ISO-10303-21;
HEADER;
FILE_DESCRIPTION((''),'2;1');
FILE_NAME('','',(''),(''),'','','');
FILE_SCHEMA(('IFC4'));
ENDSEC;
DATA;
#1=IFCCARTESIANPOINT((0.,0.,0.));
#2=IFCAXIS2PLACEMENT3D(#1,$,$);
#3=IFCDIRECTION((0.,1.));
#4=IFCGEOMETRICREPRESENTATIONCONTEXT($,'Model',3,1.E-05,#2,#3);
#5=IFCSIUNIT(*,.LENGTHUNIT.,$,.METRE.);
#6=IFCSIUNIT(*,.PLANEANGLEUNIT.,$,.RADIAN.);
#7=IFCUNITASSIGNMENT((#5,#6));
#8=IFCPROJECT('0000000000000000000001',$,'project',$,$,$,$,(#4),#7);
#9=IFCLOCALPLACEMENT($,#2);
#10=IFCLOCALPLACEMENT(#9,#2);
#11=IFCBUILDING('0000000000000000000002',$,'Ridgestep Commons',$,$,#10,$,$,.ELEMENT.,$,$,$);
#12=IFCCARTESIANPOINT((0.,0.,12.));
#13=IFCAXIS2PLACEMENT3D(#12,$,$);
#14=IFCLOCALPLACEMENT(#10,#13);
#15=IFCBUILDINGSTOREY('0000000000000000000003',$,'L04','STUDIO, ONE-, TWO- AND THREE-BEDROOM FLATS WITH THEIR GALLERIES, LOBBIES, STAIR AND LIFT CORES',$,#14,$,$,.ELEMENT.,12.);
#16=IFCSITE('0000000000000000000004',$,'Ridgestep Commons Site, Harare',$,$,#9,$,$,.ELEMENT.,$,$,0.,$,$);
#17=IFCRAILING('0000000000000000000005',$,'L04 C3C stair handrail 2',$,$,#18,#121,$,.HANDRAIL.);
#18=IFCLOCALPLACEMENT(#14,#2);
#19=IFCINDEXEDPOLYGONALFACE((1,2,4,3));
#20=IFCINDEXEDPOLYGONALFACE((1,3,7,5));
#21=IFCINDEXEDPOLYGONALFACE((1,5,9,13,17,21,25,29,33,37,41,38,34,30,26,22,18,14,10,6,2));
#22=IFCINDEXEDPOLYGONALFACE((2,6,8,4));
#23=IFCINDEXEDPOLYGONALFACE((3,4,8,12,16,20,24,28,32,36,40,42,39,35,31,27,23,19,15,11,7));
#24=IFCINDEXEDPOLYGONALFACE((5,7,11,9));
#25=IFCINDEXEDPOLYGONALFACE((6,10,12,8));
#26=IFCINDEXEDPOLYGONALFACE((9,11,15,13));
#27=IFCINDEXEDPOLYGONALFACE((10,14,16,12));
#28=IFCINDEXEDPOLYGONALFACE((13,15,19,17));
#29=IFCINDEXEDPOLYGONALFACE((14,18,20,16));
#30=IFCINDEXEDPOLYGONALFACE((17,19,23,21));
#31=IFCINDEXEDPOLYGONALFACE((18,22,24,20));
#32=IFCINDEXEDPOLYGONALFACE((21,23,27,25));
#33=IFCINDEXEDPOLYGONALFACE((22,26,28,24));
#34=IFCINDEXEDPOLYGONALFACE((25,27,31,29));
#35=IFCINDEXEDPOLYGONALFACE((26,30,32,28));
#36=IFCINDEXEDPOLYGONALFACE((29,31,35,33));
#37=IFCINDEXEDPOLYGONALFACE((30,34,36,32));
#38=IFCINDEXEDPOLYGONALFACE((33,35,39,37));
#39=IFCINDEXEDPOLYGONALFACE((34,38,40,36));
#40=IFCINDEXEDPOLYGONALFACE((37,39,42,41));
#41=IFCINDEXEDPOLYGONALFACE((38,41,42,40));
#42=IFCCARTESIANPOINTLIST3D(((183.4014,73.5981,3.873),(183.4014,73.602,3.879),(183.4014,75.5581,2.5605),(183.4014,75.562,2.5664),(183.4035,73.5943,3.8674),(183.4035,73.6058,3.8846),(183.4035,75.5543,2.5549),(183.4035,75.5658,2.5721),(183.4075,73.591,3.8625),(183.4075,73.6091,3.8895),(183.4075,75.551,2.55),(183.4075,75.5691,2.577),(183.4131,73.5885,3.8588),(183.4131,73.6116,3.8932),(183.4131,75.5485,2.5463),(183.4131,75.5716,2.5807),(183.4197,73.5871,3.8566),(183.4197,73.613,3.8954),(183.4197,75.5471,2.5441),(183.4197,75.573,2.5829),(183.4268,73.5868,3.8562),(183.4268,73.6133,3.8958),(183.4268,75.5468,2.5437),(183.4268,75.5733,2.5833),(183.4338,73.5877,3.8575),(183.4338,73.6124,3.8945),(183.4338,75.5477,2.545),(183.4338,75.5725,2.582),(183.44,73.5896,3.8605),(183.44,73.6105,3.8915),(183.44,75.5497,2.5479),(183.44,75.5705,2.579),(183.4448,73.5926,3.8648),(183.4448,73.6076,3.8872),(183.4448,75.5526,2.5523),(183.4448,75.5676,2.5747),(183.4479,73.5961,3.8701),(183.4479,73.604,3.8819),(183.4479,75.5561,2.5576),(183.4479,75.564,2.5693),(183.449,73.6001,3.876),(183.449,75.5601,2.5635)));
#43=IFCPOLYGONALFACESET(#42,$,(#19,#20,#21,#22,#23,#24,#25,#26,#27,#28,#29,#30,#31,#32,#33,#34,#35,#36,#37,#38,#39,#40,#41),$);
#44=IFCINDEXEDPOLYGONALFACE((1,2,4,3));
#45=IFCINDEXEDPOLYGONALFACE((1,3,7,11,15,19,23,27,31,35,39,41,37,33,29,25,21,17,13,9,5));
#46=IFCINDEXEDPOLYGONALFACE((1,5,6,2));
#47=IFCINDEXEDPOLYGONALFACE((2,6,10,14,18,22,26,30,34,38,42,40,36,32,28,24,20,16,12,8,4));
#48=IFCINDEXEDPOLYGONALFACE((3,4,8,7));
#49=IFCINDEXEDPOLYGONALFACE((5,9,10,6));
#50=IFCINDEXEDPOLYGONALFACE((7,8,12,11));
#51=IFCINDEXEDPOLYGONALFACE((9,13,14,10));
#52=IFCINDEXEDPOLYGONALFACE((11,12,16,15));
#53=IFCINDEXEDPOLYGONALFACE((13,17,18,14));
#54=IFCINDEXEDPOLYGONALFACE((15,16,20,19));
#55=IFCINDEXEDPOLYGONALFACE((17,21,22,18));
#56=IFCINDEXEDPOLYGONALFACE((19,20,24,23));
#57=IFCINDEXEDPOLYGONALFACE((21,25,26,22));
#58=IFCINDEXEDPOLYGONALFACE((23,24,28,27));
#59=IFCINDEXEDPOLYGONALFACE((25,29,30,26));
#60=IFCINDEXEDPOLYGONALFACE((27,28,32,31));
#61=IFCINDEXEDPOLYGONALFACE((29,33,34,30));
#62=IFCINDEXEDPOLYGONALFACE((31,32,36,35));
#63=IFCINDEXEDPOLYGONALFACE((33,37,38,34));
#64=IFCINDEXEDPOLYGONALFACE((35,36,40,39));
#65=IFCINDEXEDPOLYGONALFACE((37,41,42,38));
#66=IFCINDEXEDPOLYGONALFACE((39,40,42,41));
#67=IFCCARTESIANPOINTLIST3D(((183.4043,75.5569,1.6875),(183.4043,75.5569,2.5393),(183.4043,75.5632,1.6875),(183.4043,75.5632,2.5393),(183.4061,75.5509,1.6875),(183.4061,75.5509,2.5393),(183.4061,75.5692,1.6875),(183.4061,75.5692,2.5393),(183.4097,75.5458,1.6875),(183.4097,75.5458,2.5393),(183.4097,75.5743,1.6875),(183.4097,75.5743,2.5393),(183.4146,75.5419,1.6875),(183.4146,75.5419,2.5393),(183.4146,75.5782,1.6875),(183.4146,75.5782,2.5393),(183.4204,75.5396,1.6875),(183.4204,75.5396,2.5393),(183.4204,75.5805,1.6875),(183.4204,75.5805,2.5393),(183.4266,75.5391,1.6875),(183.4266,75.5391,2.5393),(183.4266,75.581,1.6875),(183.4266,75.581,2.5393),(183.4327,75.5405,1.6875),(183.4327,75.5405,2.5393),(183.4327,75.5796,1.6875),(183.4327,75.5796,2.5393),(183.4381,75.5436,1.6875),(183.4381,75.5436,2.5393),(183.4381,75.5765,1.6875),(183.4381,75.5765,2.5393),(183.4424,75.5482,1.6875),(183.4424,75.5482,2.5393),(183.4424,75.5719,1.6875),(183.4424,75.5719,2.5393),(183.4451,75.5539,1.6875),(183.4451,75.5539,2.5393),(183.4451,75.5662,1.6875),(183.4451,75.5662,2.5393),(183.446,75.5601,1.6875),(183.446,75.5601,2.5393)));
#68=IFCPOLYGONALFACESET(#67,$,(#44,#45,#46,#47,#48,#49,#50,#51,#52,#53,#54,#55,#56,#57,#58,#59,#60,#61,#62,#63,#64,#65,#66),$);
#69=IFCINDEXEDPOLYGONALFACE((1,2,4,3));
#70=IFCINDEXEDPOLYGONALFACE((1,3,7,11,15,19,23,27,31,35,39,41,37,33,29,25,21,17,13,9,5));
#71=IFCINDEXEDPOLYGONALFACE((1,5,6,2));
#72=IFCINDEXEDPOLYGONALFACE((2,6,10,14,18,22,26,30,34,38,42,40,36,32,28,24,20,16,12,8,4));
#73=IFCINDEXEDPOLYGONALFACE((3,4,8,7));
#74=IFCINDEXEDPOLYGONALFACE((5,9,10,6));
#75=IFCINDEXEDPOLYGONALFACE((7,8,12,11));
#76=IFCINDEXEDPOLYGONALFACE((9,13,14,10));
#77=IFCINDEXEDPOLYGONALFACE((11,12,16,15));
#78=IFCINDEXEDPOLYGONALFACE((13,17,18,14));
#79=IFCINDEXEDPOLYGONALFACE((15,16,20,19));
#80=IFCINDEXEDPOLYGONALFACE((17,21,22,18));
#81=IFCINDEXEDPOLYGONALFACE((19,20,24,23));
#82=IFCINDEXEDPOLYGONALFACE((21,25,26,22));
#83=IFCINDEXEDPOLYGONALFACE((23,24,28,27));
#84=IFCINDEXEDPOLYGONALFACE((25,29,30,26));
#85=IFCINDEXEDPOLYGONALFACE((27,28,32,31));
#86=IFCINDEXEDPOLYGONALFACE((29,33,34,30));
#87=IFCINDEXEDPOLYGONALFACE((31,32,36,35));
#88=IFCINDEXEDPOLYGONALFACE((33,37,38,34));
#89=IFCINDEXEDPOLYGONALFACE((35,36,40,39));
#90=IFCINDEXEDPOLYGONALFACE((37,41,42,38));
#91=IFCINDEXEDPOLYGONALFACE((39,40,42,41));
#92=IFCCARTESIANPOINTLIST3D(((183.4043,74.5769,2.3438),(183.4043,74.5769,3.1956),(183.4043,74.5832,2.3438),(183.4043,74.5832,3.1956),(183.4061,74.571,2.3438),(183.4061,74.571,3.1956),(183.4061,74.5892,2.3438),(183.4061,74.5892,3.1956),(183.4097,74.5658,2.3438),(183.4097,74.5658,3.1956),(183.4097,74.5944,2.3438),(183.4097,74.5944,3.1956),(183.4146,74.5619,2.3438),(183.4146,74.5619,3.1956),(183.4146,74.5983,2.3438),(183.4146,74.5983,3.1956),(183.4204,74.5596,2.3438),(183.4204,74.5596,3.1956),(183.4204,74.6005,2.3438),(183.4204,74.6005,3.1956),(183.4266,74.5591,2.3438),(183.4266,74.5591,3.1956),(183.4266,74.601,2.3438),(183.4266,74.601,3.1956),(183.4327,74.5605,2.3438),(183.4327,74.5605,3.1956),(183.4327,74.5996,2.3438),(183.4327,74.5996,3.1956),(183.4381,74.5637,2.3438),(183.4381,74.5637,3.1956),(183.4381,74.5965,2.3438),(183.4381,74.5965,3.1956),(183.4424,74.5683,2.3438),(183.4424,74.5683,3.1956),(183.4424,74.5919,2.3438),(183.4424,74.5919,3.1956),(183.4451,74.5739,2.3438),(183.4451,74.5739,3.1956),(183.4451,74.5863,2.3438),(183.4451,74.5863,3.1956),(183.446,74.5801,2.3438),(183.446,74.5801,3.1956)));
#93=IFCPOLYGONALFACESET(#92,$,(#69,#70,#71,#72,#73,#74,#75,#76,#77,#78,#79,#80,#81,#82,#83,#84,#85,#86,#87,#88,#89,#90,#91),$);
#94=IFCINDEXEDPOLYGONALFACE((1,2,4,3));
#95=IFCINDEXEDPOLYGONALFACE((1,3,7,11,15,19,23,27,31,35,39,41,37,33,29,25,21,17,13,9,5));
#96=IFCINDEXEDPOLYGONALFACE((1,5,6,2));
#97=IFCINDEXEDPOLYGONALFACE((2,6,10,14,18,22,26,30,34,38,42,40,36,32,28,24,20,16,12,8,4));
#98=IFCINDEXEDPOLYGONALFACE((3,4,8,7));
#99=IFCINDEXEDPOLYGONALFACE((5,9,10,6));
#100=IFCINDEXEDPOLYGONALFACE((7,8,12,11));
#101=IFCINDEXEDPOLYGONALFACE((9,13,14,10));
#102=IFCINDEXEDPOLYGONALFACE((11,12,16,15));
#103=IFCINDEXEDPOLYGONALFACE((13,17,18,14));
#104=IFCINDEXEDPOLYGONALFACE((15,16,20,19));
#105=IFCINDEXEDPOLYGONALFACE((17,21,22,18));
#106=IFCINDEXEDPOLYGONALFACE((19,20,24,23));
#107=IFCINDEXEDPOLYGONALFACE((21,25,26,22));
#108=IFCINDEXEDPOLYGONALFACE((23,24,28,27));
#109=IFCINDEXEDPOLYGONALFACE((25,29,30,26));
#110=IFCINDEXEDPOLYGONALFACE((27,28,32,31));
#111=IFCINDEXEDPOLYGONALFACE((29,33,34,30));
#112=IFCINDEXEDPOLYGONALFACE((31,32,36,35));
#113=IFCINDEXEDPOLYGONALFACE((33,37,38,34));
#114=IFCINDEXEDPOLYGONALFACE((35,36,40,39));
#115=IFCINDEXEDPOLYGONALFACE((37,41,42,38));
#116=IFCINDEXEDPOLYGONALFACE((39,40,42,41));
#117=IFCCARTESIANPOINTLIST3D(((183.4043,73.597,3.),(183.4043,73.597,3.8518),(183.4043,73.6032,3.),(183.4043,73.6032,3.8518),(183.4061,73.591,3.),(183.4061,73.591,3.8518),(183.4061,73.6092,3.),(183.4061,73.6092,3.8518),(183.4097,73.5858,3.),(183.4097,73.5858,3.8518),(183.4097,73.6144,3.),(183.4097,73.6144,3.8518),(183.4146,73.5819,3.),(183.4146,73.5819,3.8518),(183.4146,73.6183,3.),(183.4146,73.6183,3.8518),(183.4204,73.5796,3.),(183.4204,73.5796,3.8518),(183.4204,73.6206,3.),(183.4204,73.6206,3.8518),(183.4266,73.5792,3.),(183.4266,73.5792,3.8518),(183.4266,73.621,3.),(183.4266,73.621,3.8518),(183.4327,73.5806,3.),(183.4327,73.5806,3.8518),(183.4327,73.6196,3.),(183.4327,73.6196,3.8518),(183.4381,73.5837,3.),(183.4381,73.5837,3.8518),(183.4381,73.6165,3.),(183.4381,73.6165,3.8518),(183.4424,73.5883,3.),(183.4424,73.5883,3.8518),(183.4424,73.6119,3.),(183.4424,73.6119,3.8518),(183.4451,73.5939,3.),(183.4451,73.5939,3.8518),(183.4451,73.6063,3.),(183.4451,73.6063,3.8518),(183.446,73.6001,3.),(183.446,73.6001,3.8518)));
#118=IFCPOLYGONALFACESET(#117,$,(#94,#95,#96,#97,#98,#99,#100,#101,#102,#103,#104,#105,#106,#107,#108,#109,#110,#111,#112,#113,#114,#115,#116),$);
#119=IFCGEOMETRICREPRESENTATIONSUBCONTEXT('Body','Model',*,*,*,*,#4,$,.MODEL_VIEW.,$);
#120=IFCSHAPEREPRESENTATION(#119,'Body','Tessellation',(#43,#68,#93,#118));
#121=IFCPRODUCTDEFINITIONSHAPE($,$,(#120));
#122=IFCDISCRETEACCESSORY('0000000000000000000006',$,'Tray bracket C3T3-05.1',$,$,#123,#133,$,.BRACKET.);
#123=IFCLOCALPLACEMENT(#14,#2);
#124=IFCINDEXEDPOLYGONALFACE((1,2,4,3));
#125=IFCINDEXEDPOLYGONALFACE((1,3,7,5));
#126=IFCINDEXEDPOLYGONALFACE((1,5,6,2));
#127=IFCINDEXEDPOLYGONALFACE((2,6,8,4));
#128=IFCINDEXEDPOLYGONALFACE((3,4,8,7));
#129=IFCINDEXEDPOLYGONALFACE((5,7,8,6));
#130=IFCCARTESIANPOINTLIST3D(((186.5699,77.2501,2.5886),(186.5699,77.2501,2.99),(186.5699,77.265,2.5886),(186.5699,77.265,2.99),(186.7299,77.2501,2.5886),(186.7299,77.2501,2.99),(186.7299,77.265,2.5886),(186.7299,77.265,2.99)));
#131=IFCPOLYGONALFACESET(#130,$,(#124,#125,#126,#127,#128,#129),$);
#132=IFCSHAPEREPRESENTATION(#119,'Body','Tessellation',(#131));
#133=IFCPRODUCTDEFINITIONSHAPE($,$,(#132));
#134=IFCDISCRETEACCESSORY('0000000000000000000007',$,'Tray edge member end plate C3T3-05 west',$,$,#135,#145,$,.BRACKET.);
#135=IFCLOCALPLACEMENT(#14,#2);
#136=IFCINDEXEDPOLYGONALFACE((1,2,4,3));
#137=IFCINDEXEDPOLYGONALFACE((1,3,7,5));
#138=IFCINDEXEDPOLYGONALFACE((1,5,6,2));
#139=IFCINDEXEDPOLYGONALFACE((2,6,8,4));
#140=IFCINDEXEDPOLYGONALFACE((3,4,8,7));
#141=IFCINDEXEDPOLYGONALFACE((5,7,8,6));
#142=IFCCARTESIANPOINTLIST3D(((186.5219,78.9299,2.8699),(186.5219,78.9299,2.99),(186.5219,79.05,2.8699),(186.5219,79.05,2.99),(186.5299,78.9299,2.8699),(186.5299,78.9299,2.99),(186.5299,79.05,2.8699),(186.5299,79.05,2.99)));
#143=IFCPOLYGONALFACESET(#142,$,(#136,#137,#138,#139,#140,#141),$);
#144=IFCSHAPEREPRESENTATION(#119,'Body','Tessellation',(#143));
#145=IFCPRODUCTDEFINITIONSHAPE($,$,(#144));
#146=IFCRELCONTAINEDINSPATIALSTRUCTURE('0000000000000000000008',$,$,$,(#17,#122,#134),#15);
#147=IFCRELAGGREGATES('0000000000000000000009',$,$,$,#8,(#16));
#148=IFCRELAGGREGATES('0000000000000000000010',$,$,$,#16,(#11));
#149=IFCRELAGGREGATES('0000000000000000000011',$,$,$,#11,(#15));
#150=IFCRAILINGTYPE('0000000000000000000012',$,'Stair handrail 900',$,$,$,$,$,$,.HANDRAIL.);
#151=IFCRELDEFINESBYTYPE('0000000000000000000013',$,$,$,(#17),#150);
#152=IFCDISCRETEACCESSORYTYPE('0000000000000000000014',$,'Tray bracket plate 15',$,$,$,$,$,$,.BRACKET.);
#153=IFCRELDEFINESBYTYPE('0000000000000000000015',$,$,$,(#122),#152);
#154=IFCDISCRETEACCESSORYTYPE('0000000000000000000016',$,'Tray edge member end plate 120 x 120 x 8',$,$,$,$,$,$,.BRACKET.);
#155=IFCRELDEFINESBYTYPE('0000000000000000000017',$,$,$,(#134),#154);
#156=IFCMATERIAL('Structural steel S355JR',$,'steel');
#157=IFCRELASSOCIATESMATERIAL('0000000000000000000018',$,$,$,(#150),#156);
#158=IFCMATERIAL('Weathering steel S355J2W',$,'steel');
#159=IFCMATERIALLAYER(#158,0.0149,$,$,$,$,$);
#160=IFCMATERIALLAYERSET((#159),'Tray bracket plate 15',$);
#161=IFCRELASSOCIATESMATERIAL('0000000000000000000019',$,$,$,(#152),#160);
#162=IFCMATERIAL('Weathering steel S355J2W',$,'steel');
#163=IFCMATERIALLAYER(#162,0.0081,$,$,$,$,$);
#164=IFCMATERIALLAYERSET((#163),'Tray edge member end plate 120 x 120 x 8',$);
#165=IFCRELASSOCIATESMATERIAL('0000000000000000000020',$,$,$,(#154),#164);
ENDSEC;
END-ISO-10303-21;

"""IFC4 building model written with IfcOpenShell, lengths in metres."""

from ifc_helpers import new_model, si_unit, direction, frame, origin, origin_2d, place, context, subcontext, project, spatial, rectangle, circle, extrude, material, layer, layer_set, type_object, element, save


model = new_model("IFC4")

# Units and contexts
model_context = context("Model", 3, precision=1e-05, world=origin(), true_north=direction((0.0, 1.0)))
body_context = subcontext(model_context, "Body", "Model", "MODEL_VIEW")
ifc_project = project(units=[si_unit("LENGTHUNIT", "METRE"), si_unit("PLANEANGLEUNIT", "RADIAN")], contexts=[model_context])

# Site, building, storey
site_placement = place(None, origin())
site = spatial("IfcSite", under=ifc_project, at=site_placement, Name="Ridgestep Commons Site, Harare", CompositionType="ELEMENT", RefElevation=0.0)
building_placement = place(site_placement, origin())
building = spatial("IfcBuilding", under=site, at=building_placement, Name="Ridgestep Commons", CompositionType="ELEMENT")
storey_placement = place(building_placement, frame((0.0, 0.0, 12.0)))
storey = spatial("IfcBuildingStorey", under=building, at=storey_placement, Name="L04", Description="STUDIO, ONE-, TWO- AND THREE-BEDROOM FLATS WITH THEIR GALLERIES, LOBBIES, STAIR AND LIFT CORES", CompositionType="ELEMENT", Elevation=12.0)

# Railing
ifc_material_1 = material(Name="Structural steel S355JR", Category="steel")
railing_type_1 = type_object("IfcRailingType", Name="Stair handrail 900", PredefinedType="HANDRAIL", material=ifc_material_1)
railing_1_placement = place(storey_placement, frame((183.425, 75.5601, 1.6875)))
element("IfcRailing", 1, at=railing_1_placement, inside=storey, type_object=railing_type_1, Name="L04 C3C stair handrail 2", PredefinedType="HANDRAIL", context=body_context, shape_type="SweptSolid", body=[
    extrude(circle(Radius=0.0239, at=origin_2d()), frame((0.0, 0.0, 0.876), z_axis=(0.0, -0.830902, 0.556419), x_axis=(1.0, 0.0, 0.0)), (0.0, 0.0, 1.0), 2.3589),
    extrude(circle(Radius=0.021, at=origin_2d()), origin(), (0.0, 0.0, 1.0), 0.8518),
    extrude(circle(Radius=0.021, at=origin_2d()), frame((0.0, -0.98, 0.6562)), (0.0, 0.0, 1.0), 0.8518),
    extrude(circle(Radius=0.021, at=origin_2d()), frame((0.0, -1.96, 1.3125)), (0.0, 0.0, 1.0), 0.8518),
])

# Discrete accessories
ifc_material_2 = material(Name="Weathering steel S355J2W", Category="steel")
ifc_layer_1 = layer(ifc_material_2, 0.0149)
ifc_layer_set_1 = layer_set([ifc_layer_1], Name="Tray bracket plate 15")
discrete_accessory_type_1 = type_object("IfcDiscreteAccessoryType", Name="Tray bracket plate 15", PredefinedType="BRACKET", material=ifc_layer_set_1)
discrete_accessory_1_placement = place(storey_placement, frame((186.6499, 77.2576, 2.5886), z_axis=(0.0, 0.0, 1.0), x_axis=(1.0, 0.0, 0.0)))
element("IfcDiscreteAccessory", 2, at=discrete_accessory_1_placement, inside=storey, type_object=discrete_accessory_type_1, Name="Tray bracket C3T3-05.1", PredefinedType="BRACKET", context=body_context, shape_type="SweptSolid", body=[
    extrude(rectangle(XDim=0.1599, YDim=0.0149, at=origin_2d()), origin(), (0.0, 0.0, 1.0), 0.4014),
])
ifc_material_3 = material(Name="Weathering steel S355J2W", Category="steel")
ifc_layer_2 = layer(ifc_material_3, 0.0081)
ifc_layer_set_2 = layer_set([ifc_layer_2], Name="Tray edge member end plate 120 x 120 x 8")
discrete_accessory_type_2 = type_object("IfcDiscreteAccessoryType", Name="Tray edge member end plate 120 x 120 x 8", PredefinedType="BRACKET", material=ifc_layer_set_2)
discrete_accessory_2_placement = place(storey_placement, frame((186.5259, 78.99, 2.8699), z_axis=(0.0, 0.0, 1.0), x_axis=(1.0, 0.0, 0.0)))
element("IfcDiscreteAccessory", 3, at=discrete_accessory_2_placement, inside=storey, type_object=discrete_accessory_type_2, Name="Tray edge member end plate C3T3-05 west", PredefinedType="BRACKET", context=body_context, shape_type="SweptSolid", body=[
    extrude(rectangle(XDim=0.0081, YDim=0.1201, at=origin_2d()), origin(), (0.0, 0.0, 1.0), 0.1201),
])

save(model, "model.ifc")
